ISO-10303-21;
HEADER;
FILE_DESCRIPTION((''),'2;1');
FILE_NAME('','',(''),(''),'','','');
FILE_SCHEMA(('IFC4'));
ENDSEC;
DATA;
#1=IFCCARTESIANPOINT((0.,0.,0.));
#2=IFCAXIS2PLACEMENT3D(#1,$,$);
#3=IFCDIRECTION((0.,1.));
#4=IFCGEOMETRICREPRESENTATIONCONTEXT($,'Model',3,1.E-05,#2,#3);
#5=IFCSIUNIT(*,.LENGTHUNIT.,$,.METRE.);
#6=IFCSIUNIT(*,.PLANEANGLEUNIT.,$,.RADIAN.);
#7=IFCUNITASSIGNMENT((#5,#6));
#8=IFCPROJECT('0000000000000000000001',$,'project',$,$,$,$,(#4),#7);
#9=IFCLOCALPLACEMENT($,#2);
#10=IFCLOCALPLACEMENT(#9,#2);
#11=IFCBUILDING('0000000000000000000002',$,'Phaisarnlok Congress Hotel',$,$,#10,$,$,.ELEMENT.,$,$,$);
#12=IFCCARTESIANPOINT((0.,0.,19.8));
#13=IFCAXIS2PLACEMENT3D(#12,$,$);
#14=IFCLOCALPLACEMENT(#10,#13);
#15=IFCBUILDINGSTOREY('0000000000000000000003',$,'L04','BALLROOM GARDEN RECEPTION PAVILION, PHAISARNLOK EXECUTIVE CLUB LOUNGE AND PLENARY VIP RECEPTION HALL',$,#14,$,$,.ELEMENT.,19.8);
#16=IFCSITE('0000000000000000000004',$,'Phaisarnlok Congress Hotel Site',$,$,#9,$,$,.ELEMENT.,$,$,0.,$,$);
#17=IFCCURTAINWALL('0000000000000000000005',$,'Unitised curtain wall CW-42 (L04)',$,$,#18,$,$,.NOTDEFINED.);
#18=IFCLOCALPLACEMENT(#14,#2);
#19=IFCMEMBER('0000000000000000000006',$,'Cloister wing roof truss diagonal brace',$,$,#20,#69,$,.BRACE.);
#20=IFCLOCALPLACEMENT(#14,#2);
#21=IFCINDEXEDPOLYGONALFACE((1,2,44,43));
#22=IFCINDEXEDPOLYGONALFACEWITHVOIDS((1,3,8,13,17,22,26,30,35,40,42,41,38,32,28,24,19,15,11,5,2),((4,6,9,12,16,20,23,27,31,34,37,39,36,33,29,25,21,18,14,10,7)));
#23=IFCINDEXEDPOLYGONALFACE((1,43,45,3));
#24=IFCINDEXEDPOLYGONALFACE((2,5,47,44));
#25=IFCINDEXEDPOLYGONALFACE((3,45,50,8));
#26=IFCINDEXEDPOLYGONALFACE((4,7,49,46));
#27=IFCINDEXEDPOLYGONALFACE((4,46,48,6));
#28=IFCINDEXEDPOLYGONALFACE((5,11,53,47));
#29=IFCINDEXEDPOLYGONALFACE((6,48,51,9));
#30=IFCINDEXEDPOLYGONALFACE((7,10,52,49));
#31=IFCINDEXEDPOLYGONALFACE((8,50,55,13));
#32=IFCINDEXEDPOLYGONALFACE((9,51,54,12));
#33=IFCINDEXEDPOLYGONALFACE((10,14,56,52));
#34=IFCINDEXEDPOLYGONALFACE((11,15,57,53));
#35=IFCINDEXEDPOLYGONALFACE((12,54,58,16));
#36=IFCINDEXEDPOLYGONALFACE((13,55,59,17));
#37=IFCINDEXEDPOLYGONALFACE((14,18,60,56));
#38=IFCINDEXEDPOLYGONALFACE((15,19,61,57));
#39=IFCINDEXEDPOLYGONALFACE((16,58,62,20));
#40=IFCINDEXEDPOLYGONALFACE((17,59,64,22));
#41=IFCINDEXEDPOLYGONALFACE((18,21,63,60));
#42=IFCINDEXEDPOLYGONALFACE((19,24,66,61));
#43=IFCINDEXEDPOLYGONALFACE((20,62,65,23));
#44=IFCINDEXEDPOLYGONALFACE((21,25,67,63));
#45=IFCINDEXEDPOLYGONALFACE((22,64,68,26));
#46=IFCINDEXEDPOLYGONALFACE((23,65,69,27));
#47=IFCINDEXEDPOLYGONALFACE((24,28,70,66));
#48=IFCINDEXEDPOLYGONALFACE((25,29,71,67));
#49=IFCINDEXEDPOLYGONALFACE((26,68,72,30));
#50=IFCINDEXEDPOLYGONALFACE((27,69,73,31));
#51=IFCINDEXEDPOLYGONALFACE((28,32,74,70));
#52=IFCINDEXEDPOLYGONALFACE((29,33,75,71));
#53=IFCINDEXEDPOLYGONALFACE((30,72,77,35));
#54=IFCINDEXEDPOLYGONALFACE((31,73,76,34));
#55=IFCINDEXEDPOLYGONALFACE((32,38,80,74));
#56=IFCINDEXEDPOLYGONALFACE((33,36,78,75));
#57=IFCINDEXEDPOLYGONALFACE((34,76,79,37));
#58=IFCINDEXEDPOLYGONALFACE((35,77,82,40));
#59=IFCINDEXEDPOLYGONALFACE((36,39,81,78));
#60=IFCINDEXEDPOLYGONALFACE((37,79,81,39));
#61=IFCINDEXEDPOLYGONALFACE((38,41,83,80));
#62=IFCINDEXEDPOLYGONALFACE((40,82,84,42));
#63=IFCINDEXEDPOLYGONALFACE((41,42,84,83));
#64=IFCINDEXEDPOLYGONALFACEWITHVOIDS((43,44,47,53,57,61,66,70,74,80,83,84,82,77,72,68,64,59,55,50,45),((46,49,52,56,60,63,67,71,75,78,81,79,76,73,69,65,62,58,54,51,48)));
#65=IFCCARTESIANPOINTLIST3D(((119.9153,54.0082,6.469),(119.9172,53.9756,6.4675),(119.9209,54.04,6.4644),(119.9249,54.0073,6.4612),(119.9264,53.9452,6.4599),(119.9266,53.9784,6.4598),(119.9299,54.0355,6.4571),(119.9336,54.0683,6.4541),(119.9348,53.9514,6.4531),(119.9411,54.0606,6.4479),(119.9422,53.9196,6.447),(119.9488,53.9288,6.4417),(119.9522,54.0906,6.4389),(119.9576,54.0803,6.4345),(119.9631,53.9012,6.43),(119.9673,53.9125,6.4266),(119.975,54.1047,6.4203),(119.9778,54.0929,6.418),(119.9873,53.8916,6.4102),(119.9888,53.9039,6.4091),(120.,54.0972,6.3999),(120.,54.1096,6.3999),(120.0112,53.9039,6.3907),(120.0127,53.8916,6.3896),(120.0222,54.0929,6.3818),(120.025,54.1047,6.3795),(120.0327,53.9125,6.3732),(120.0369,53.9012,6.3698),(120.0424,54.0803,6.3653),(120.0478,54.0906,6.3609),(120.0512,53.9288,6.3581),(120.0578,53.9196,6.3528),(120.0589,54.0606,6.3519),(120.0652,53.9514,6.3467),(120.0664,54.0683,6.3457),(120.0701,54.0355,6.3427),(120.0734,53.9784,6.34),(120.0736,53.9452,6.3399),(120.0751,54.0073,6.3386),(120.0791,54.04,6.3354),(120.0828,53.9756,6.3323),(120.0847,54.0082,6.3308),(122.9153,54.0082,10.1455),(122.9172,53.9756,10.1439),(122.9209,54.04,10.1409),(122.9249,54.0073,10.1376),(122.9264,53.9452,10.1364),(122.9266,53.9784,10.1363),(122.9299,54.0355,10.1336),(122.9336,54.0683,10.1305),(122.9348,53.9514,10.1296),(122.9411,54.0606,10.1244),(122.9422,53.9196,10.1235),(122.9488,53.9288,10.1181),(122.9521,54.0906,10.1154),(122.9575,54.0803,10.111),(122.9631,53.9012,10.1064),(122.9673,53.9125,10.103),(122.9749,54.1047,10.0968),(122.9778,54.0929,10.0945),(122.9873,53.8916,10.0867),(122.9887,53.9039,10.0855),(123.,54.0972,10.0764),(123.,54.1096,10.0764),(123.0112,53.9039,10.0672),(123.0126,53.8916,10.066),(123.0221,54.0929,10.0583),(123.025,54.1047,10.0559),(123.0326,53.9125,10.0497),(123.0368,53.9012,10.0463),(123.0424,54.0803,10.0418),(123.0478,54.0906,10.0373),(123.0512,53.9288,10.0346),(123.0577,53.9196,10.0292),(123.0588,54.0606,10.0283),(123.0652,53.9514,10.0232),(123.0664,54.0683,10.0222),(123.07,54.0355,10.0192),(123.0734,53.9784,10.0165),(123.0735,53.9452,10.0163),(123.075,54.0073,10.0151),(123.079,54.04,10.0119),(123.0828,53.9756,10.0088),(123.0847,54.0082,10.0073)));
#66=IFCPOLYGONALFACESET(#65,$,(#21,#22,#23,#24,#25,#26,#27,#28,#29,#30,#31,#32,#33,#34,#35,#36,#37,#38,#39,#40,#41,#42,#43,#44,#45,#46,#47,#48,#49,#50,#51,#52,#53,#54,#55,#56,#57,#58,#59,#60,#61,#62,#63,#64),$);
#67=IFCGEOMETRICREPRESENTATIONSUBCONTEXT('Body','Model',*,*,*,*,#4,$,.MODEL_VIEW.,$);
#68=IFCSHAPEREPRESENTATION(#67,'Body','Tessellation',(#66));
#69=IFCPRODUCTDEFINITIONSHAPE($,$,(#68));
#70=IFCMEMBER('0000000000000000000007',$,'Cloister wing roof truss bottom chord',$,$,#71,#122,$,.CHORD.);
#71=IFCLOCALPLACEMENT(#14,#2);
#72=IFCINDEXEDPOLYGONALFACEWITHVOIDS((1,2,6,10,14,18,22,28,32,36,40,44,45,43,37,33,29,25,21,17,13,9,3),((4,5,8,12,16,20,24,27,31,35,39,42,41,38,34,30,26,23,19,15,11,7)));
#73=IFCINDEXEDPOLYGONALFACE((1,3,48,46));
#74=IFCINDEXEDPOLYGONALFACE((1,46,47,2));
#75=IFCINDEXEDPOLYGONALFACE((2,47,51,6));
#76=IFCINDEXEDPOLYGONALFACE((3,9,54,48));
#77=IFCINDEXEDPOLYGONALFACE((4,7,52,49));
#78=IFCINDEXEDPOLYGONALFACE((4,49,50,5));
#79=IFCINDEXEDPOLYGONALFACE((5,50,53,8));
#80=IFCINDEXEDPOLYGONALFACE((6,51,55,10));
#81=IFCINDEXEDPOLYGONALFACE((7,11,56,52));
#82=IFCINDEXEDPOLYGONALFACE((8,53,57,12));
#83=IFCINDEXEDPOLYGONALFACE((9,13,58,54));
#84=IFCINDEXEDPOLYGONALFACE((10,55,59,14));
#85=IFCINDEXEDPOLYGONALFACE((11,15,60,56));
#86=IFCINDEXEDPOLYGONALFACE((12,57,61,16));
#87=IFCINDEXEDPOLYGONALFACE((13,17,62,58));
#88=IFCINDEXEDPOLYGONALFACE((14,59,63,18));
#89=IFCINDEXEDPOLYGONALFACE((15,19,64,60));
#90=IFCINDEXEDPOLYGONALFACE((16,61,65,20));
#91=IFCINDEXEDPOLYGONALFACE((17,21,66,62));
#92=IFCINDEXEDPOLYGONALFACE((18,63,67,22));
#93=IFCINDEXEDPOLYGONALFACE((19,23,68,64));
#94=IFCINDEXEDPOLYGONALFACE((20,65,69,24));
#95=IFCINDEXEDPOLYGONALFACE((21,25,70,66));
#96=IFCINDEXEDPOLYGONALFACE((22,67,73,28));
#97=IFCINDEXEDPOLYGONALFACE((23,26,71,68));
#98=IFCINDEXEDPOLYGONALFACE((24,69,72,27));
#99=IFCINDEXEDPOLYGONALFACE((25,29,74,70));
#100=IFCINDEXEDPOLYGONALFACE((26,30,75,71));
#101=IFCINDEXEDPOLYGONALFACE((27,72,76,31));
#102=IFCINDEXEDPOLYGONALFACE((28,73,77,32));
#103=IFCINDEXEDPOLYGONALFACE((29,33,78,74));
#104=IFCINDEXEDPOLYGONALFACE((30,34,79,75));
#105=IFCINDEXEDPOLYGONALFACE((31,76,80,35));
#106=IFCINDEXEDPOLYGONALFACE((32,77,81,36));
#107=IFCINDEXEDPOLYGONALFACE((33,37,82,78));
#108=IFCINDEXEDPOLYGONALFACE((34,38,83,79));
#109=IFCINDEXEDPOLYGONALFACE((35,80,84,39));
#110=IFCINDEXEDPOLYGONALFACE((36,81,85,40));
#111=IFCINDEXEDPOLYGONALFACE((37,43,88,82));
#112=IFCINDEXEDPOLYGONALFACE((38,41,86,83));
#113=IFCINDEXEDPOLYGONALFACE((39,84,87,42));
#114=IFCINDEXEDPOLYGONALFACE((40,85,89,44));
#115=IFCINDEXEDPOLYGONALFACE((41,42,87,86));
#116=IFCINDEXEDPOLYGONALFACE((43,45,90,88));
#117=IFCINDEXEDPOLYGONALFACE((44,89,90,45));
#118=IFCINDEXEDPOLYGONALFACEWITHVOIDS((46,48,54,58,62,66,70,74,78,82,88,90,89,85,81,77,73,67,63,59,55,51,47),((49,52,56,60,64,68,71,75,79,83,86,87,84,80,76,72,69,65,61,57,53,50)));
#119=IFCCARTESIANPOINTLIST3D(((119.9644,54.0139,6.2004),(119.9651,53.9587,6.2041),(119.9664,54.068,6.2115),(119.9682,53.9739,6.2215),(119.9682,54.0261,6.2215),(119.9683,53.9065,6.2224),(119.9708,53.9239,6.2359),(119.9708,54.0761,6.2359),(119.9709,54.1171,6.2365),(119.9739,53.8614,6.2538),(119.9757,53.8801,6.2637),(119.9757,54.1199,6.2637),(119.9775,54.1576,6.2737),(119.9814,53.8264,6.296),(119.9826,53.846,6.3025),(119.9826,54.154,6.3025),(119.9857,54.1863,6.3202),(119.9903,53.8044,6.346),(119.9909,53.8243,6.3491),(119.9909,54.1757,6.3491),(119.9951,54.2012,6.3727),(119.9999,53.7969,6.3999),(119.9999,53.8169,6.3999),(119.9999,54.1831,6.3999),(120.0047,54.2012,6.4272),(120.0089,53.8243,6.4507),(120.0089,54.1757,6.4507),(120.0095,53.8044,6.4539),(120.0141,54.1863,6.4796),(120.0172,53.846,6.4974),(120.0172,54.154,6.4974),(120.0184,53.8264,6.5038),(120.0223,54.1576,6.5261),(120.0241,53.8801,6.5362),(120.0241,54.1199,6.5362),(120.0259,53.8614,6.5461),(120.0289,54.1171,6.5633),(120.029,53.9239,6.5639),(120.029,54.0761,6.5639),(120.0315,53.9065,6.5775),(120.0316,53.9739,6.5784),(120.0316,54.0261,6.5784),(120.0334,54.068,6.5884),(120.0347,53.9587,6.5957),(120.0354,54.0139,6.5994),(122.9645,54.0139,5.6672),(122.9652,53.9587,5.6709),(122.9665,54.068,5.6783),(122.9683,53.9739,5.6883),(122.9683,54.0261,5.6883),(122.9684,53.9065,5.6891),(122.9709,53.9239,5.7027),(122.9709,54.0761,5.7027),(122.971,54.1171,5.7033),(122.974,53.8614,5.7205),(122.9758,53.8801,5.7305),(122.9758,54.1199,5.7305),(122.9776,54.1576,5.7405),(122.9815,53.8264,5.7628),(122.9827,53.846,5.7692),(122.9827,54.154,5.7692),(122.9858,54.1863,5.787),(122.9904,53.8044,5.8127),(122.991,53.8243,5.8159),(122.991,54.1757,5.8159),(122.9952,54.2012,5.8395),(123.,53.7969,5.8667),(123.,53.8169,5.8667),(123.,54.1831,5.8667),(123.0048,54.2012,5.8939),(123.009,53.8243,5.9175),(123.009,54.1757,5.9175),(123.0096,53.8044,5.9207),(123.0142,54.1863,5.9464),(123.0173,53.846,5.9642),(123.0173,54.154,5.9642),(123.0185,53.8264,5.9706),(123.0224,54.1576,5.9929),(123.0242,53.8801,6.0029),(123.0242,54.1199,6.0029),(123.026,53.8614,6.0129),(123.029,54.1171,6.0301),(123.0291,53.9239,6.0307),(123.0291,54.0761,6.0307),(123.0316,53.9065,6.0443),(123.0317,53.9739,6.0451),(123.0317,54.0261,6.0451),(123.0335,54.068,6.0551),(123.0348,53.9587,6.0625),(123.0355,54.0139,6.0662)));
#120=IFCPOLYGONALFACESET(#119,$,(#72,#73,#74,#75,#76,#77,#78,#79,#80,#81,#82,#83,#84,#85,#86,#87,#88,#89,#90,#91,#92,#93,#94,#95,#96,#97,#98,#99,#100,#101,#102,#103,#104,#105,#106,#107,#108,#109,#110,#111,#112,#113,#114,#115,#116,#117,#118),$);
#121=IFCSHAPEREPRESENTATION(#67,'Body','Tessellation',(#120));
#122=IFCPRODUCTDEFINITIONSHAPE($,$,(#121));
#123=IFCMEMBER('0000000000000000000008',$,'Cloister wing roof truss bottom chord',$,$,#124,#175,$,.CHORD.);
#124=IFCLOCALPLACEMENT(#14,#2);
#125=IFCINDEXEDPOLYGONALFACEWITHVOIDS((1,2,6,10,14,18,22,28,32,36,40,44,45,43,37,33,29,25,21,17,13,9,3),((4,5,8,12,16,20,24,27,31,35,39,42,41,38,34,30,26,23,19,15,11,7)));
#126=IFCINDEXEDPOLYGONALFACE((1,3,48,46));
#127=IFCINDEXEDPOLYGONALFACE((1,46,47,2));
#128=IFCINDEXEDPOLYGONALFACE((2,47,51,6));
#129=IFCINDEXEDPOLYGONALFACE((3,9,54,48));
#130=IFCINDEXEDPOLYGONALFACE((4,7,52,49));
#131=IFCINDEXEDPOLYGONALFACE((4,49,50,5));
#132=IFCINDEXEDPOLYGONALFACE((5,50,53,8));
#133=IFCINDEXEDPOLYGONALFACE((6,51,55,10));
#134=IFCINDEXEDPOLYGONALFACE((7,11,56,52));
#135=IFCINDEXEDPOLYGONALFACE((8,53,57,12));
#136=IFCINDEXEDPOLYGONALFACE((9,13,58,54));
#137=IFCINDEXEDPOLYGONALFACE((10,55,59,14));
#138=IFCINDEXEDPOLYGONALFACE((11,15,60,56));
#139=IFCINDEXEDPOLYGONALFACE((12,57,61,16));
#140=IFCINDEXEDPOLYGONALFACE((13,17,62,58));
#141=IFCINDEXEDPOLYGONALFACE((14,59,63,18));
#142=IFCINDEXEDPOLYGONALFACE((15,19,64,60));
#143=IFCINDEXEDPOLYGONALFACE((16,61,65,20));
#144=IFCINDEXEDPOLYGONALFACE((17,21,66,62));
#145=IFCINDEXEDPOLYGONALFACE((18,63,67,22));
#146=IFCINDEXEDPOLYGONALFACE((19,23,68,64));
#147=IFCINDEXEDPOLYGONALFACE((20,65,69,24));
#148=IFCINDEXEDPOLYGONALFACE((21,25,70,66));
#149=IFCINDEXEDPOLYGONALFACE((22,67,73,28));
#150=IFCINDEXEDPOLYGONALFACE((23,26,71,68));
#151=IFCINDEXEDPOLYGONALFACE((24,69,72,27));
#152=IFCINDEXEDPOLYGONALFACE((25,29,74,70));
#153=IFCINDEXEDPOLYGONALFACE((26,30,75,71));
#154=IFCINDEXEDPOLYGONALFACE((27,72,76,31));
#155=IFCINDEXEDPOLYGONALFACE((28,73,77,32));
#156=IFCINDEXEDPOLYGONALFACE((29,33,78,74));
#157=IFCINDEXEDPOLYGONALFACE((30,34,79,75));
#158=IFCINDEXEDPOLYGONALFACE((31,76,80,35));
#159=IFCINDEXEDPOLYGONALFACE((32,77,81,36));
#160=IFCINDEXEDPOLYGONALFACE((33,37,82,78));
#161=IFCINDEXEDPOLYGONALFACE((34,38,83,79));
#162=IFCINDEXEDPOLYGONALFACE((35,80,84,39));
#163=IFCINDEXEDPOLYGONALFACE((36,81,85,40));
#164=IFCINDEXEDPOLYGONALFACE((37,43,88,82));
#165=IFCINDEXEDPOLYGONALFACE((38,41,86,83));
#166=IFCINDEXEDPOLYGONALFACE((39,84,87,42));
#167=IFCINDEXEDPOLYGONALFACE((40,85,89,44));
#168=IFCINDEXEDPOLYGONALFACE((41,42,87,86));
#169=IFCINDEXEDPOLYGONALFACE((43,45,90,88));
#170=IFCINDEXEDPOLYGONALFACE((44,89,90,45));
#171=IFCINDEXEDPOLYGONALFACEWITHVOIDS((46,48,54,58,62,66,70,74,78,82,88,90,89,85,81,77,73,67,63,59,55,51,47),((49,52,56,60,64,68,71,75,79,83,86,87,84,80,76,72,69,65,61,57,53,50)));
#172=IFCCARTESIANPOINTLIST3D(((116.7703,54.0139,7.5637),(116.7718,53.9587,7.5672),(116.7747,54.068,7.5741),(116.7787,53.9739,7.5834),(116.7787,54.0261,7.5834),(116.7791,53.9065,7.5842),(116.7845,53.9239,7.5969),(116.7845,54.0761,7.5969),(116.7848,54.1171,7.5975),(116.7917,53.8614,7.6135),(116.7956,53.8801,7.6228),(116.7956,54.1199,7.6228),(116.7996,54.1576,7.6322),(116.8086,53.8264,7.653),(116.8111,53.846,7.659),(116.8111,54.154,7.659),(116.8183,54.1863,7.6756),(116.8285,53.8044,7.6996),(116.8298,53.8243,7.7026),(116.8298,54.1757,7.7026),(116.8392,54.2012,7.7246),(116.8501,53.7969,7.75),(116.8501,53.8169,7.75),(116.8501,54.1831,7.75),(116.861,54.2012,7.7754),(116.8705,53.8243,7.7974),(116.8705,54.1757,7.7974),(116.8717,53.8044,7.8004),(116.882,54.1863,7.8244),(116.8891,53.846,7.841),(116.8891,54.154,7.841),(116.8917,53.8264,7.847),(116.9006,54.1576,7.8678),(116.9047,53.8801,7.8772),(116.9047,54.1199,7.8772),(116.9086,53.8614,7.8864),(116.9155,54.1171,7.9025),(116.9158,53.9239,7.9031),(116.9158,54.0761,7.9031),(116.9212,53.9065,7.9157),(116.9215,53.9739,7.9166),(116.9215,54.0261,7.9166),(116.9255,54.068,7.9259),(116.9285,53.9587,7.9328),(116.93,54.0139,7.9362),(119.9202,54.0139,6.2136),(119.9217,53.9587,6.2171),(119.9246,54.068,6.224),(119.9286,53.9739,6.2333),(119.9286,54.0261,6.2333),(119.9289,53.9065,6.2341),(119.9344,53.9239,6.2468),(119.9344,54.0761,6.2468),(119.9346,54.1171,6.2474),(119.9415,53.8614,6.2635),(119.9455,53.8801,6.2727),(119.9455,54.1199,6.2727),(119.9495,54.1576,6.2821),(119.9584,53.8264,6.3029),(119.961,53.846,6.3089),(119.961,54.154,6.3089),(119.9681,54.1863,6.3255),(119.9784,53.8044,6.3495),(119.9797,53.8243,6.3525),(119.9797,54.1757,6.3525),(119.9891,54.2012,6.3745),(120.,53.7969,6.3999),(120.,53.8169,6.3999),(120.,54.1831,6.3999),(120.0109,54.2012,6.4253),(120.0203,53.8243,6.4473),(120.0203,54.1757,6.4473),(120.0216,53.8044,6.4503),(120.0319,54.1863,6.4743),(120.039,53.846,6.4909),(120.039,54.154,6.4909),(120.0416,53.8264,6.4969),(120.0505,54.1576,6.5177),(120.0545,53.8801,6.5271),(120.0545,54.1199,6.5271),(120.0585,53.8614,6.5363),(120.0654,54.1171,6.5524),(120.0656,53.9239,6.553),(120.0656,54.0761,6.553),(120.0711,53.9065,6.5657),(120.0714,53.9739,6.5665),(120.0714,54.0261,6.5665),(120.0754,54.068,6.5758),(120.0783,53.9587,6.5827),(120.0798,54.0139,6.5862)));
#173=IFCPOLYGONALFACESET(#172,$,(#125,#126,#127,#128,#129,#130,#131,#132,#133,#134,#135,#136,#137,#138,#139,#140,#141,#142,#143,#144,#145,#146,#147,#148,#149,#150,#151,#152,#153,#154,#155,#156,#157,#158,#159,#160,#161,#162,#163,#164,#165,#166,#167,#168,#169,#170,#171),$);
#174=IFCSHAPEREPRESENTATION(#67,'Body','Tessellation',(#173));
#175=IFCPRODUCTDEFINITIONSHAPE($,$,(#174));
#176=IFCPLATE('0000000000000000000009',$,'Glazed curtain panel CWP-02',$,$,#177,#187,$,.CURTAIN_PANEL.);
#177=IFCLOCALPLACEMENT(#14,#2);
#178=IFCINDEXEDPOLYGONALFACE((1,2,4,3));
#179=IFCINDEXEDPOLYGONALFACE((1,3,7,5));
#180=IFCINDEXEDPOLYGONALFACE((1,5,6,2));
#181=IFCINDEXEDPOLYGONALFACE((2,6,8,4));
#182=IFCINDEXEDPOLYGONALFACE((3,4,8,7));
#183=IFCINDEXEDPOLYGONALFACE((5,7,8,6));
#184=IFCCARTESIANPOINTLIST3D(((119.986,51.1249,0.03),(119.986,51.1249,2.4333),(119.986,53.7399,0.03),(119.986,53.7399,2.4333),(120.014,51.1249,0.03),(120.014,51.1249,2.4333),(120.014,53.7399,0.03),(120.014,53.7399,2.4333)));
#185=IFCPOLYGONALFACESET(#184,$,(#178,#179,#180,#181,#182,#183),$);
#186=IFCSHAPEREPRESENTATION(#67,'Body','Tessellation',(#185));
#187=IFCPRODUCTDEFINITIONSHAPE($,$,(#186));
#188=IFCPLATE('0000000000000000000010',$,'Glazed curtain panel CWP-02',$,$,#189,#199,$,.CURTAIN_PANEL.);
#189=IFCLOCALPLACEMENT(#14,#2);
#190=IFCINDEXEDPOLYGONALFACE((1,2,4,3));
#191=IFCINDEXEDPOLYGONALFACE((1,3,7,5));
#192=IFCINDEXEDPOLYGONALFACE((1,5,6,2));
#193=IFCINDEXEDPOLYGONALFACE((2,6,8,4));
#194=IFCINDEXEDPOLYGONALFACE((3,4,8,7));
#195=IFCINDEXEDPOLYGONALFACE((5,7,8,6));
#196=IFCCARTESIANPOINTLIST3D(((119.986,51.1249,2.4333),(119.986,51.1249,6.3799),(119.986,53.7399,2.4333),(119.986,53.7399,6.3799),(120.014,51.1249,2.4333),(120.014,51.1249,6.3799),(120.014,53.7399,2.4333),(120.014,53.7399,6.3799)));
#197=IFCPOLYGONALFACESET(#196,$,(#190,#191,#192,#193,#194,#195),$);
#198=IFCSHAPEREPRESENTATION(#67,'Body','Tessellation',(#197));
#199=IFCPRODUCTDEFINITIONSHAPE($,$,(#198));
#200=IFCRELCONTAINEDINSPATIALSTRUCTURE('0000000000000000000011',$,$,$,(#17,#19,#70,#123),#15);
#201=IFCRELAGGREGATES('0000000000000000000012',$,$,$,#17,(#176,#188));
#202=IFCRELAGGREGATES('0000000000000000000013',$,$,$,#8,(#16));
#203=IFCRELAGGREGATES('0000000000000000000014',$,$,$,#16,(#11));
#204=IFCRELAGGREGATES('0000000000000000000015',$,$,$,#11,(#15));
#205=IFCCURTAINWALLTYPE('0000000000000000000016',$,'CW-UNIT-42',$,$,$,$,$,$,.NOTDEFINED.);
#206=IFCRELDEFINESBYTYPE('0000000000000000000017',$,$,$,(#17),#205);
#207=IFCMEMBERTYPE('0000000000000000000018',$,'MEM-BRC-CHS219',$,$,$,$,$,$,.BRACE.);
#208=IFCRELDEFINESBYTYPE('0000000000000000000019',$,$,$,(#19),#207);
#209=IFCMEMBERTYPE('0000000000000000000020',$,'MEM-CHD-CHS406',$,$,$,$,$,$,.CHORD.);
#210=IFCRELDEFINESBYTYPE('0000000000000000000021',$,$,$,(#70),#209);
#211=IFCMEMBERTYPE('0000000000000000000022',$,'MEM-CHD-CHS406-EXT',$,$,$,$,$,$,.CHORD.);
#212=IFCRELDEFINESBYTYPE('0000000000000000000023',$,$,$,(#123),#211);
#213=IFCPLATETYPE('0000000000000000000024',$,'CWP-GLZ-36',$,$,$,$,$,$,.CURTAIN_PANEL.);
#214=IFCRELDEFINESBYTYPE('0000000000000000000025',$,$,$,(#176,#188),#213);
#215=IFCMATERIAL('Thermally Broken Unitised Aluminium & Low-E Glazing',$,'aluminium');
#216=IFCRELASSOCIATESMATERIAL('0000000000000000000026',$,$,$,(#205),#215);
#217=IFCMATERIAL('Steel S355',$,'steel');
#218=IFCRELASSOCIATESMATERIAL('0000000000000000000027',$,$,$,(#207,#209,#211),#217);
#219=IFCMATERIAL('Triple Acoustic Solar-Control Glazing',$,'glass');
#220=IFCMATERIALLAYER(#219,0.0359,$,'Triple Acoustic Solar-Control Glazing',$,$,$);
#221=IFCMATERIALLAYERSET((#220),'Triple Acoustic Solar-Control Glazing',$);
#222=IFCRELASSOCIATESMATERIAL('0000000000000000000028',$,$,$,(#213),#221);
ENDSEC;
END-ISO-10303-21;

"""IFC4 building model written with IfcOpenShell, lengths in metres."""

from ifc_helpers import new_model, si_unit, direction, frame, frame_2d, origin, origin_2d, place, context, subcontext, project, spatial, rectangle, hollow_circle, extrude, material, layer, layer_set, material_profile, profile_set, type_object, element, aggregate, save


model = new_model("IFC4")

# Units and contexts
model_context = context("Model", 3, precision=1e-05, world=origin(), true_north=direction((0.0, 1.0)))
body_context = subcontext(model_context, "Body", "Model", "MODEL_VIEW")
ifc_project = project(units=[si_unit("LENGTHUNIT", "METRE"), si_unit("PLANEANGLEUNIT", "RADIAN")], contexts=[model_context])

# Site, building, storey
site_placement = place(None, origin())
site = spatial("IfcSite", under=ifc_project, at=site_placement, Name="Phaisarnlok Congress Hotel Site", CompositionType="ELEMENT", RefElevation=0.0)
building_placement = place(site_placement, origin())
building = spatial("IfcBuilding", under=site, at=building_placement, Name="Phaisarnlok Congress Hotel", CompositionType="ELEMENT")
storey_placement = place(building_placement, frame((0.0, 0.0, 19.8)))
storey = spatial("IfcBuildingStorey", under=building, at=storey_placement, Name="L04", Description="BALLROOM GARDEN RECEPTION PAVILION, PHAISARNLOK EXECUTIVE CLUB LOUNGE AND PLENARY VIP RECEPTION HALL", CompositionType="ELEMENT", Elevation=19.8)

# Shared definitions
ifc_material_1 = material(Name="Steel S355", Category="steel")

# Curtain wall
ifc_material_2 = material(Name="Thermally Broken Unitised Aluminium & Low-E Glazing", Category="aluminium")
curtain_wall_type = type_object("IfcCurtainWallType", Name="CW-UNIT-42", PredefinedType="NOTDEFINED", material=ifc_material_2)
curtain_wall_placement = place(storey_placement, origin())
curtain_wall = element("IfcCurtainWall", 1, at=curtain_wall_placement, inside=storey, type_object=curtain_wall_type, Name="Unitised curtain wall CW-42 (L04)", PredefinedType="NOTDEFINED")

# Members
ifc_material_profile_1 = material_profile(ifc_material_1, hollow_circle(Radius=0.1096, WallThickness=0.0125, at=origin_2d()), Name="CHS 219.1x12.5")
ifc_profile_set_1 = profile_set([ifc_material_profile_1], Name="Steel S355")
member_type_1 = type_object("IfcMemberType", Name="MEM-BRC-CHS219", PredefinedType="BRACE", material=ifc_profile_set_1)
member_1_placement = place(storey_placement, frame((120.0, 54.0, 6.3999), z_axis=(0.63222, 0.0, 0.774789), x_axis=(0.0, 1.0, 0.0)))
element("IfcMember", 2, at=member_1_placement, inside=storey, type_object=member_type_1, Name="Cloister wing roof truss diagonal brace", PredefinedType="BRACE", context=body_context, shape_type="SweptSolid", body=[
    extrude(hollow_circle(Radius=0.1096, WallThickness=0.0125, at=origin_2d()), origin(), (0.0, 0.0, 1.0), 4.7451),
])
ifc_material_profile_2 = material_profile(ifc_material_1, hollow_circle(Radius=0.2031, WallThickness=0.02, at=origin_2d()), Name="CHS 406.4x20")
ifc_profile_set_2 = profile_set([ifc_material_profile_2], Name="Steel S355")
member_type_2 = type_object("IfcMemberType", Name="MEM-CHD-CHS406", PredefinedType="CHORD", material=ifc_profile_set_2)
member_2_placement = place(storey_placement, frame((123.0, 54.0, 5.8667), z_axis=(-0.98457, 0.0, 0.174992), x_axis=(0.0, -1.0, 0.0)))
element("IfcMember", 3, at=member_2_placement, inside=storey, type_object=member_type_2, Name="Cloister wing roof truss bottom chord", PredefinedType="CHORD", context=body_context, shape_type="SweptSolid", body=[
    extrude(hollow_circle(Radius=0.2031, WallThickness=0.02, at=origin_2d()), origin(), (0.0, 0.0, 1.0), 3.0471),
])
ifc_material_profile_3 = material_profile(ifc_material_1, hollow_circle(Radius=0.2031, WallThickness=0.02, at=origin_2d()), Name="CHS 406.4x20")
ifc_profile_set_3 = profile_set([ifc_material_profile_3], Name="Steel S355")
member_type_3 = type_object("IfcMemberType", Name="MEM-CHD-CHS406-EXT", PredefinedType="CHORD", material=ifc_profile_set_3)
member_3_placement = place(storey_placement, frame((120.0, 54.0, 6.3999), z_axis=(-0.91913, 0.0, 0.393954), x_axis=(0.0, -1.0, 0.0)))
element("IfcMember", 4, at=member_3_placement, inside=storey, type_object=member_type_3, Name="Cloister wing roof truss bottom chord", PredefinedType="CHORD", context=body_context, shape_type="SweptSolid", body=[
    extrude(hollow_circle(Radius=0.2031, WallThickness=0.02, at=origin_2d()), origin(), (0.0, 0.0, 1.0), 3.427),
])

# Plates
ifc_material_3 = material(Name="Triple Acoustic Solar-Control Glazing", Category="glass")
ifc_layer_1 = layer(ifc_material_3, 0.0359, Name="Triple Acoustic Solar-Control Glazing")
ifc_layer_set_1 = layer_set([ifc_layer_1], Name="Triple Acoustic Solar-Control Glazing")
plate_type_1 = type_object("IfcPlateType", Name="CWP-GLZ-36", PredefinedType="CURTAIN_PANEL", material=ifc_layer_set_1)
plate_1_placement = place(storey_placement, frame((120.0, 53.74, 0.03), z_axis=(0.0, 0.0, 1.0), x_axis=(0.0, -1.0, 0.0)))
plate_1 = element("IfcPlate", 5, at=plate_1_placement, type_object=plate_type_1, Name="Glazed curtain panel CWP-02", PredefinedType="CURTAIN_PANEL", context=body_context, shape_type="SweptSolid", body=[
    extrude(rectangle(XDim=2.615, YDim=0.0281, at=frame_2d((1.3076, 0.0))), origin(), (0.0, 0.0, 1.0), 2.4033),
])
plate_2_placement = place(storey_placement, frame((120.0, 53.74, 2.4333), z_axis=(0.0, 0.0, 1.0), x_axis=(0.0, -1.0, 0.0)))
plate_2 = element("IfcPlate", 6, at=plate_2_placement, type_object=plate_type_1, Name="Glazed curtain panel CWP-02", PredefinedType="CURTAIN_PANEL", context=body_context, shape_type="SweptSolid", body=[
    extrude(rectangle(XDim=2.615, YDim=0.0281, at=frame_2d((1.3076, 0.0))), origin(), (0.0, 0.0, 1.0), 3.9465),
])
aggregate(curtain_wall, [plate_1, plate_2])

save(model, "model.ifc")
